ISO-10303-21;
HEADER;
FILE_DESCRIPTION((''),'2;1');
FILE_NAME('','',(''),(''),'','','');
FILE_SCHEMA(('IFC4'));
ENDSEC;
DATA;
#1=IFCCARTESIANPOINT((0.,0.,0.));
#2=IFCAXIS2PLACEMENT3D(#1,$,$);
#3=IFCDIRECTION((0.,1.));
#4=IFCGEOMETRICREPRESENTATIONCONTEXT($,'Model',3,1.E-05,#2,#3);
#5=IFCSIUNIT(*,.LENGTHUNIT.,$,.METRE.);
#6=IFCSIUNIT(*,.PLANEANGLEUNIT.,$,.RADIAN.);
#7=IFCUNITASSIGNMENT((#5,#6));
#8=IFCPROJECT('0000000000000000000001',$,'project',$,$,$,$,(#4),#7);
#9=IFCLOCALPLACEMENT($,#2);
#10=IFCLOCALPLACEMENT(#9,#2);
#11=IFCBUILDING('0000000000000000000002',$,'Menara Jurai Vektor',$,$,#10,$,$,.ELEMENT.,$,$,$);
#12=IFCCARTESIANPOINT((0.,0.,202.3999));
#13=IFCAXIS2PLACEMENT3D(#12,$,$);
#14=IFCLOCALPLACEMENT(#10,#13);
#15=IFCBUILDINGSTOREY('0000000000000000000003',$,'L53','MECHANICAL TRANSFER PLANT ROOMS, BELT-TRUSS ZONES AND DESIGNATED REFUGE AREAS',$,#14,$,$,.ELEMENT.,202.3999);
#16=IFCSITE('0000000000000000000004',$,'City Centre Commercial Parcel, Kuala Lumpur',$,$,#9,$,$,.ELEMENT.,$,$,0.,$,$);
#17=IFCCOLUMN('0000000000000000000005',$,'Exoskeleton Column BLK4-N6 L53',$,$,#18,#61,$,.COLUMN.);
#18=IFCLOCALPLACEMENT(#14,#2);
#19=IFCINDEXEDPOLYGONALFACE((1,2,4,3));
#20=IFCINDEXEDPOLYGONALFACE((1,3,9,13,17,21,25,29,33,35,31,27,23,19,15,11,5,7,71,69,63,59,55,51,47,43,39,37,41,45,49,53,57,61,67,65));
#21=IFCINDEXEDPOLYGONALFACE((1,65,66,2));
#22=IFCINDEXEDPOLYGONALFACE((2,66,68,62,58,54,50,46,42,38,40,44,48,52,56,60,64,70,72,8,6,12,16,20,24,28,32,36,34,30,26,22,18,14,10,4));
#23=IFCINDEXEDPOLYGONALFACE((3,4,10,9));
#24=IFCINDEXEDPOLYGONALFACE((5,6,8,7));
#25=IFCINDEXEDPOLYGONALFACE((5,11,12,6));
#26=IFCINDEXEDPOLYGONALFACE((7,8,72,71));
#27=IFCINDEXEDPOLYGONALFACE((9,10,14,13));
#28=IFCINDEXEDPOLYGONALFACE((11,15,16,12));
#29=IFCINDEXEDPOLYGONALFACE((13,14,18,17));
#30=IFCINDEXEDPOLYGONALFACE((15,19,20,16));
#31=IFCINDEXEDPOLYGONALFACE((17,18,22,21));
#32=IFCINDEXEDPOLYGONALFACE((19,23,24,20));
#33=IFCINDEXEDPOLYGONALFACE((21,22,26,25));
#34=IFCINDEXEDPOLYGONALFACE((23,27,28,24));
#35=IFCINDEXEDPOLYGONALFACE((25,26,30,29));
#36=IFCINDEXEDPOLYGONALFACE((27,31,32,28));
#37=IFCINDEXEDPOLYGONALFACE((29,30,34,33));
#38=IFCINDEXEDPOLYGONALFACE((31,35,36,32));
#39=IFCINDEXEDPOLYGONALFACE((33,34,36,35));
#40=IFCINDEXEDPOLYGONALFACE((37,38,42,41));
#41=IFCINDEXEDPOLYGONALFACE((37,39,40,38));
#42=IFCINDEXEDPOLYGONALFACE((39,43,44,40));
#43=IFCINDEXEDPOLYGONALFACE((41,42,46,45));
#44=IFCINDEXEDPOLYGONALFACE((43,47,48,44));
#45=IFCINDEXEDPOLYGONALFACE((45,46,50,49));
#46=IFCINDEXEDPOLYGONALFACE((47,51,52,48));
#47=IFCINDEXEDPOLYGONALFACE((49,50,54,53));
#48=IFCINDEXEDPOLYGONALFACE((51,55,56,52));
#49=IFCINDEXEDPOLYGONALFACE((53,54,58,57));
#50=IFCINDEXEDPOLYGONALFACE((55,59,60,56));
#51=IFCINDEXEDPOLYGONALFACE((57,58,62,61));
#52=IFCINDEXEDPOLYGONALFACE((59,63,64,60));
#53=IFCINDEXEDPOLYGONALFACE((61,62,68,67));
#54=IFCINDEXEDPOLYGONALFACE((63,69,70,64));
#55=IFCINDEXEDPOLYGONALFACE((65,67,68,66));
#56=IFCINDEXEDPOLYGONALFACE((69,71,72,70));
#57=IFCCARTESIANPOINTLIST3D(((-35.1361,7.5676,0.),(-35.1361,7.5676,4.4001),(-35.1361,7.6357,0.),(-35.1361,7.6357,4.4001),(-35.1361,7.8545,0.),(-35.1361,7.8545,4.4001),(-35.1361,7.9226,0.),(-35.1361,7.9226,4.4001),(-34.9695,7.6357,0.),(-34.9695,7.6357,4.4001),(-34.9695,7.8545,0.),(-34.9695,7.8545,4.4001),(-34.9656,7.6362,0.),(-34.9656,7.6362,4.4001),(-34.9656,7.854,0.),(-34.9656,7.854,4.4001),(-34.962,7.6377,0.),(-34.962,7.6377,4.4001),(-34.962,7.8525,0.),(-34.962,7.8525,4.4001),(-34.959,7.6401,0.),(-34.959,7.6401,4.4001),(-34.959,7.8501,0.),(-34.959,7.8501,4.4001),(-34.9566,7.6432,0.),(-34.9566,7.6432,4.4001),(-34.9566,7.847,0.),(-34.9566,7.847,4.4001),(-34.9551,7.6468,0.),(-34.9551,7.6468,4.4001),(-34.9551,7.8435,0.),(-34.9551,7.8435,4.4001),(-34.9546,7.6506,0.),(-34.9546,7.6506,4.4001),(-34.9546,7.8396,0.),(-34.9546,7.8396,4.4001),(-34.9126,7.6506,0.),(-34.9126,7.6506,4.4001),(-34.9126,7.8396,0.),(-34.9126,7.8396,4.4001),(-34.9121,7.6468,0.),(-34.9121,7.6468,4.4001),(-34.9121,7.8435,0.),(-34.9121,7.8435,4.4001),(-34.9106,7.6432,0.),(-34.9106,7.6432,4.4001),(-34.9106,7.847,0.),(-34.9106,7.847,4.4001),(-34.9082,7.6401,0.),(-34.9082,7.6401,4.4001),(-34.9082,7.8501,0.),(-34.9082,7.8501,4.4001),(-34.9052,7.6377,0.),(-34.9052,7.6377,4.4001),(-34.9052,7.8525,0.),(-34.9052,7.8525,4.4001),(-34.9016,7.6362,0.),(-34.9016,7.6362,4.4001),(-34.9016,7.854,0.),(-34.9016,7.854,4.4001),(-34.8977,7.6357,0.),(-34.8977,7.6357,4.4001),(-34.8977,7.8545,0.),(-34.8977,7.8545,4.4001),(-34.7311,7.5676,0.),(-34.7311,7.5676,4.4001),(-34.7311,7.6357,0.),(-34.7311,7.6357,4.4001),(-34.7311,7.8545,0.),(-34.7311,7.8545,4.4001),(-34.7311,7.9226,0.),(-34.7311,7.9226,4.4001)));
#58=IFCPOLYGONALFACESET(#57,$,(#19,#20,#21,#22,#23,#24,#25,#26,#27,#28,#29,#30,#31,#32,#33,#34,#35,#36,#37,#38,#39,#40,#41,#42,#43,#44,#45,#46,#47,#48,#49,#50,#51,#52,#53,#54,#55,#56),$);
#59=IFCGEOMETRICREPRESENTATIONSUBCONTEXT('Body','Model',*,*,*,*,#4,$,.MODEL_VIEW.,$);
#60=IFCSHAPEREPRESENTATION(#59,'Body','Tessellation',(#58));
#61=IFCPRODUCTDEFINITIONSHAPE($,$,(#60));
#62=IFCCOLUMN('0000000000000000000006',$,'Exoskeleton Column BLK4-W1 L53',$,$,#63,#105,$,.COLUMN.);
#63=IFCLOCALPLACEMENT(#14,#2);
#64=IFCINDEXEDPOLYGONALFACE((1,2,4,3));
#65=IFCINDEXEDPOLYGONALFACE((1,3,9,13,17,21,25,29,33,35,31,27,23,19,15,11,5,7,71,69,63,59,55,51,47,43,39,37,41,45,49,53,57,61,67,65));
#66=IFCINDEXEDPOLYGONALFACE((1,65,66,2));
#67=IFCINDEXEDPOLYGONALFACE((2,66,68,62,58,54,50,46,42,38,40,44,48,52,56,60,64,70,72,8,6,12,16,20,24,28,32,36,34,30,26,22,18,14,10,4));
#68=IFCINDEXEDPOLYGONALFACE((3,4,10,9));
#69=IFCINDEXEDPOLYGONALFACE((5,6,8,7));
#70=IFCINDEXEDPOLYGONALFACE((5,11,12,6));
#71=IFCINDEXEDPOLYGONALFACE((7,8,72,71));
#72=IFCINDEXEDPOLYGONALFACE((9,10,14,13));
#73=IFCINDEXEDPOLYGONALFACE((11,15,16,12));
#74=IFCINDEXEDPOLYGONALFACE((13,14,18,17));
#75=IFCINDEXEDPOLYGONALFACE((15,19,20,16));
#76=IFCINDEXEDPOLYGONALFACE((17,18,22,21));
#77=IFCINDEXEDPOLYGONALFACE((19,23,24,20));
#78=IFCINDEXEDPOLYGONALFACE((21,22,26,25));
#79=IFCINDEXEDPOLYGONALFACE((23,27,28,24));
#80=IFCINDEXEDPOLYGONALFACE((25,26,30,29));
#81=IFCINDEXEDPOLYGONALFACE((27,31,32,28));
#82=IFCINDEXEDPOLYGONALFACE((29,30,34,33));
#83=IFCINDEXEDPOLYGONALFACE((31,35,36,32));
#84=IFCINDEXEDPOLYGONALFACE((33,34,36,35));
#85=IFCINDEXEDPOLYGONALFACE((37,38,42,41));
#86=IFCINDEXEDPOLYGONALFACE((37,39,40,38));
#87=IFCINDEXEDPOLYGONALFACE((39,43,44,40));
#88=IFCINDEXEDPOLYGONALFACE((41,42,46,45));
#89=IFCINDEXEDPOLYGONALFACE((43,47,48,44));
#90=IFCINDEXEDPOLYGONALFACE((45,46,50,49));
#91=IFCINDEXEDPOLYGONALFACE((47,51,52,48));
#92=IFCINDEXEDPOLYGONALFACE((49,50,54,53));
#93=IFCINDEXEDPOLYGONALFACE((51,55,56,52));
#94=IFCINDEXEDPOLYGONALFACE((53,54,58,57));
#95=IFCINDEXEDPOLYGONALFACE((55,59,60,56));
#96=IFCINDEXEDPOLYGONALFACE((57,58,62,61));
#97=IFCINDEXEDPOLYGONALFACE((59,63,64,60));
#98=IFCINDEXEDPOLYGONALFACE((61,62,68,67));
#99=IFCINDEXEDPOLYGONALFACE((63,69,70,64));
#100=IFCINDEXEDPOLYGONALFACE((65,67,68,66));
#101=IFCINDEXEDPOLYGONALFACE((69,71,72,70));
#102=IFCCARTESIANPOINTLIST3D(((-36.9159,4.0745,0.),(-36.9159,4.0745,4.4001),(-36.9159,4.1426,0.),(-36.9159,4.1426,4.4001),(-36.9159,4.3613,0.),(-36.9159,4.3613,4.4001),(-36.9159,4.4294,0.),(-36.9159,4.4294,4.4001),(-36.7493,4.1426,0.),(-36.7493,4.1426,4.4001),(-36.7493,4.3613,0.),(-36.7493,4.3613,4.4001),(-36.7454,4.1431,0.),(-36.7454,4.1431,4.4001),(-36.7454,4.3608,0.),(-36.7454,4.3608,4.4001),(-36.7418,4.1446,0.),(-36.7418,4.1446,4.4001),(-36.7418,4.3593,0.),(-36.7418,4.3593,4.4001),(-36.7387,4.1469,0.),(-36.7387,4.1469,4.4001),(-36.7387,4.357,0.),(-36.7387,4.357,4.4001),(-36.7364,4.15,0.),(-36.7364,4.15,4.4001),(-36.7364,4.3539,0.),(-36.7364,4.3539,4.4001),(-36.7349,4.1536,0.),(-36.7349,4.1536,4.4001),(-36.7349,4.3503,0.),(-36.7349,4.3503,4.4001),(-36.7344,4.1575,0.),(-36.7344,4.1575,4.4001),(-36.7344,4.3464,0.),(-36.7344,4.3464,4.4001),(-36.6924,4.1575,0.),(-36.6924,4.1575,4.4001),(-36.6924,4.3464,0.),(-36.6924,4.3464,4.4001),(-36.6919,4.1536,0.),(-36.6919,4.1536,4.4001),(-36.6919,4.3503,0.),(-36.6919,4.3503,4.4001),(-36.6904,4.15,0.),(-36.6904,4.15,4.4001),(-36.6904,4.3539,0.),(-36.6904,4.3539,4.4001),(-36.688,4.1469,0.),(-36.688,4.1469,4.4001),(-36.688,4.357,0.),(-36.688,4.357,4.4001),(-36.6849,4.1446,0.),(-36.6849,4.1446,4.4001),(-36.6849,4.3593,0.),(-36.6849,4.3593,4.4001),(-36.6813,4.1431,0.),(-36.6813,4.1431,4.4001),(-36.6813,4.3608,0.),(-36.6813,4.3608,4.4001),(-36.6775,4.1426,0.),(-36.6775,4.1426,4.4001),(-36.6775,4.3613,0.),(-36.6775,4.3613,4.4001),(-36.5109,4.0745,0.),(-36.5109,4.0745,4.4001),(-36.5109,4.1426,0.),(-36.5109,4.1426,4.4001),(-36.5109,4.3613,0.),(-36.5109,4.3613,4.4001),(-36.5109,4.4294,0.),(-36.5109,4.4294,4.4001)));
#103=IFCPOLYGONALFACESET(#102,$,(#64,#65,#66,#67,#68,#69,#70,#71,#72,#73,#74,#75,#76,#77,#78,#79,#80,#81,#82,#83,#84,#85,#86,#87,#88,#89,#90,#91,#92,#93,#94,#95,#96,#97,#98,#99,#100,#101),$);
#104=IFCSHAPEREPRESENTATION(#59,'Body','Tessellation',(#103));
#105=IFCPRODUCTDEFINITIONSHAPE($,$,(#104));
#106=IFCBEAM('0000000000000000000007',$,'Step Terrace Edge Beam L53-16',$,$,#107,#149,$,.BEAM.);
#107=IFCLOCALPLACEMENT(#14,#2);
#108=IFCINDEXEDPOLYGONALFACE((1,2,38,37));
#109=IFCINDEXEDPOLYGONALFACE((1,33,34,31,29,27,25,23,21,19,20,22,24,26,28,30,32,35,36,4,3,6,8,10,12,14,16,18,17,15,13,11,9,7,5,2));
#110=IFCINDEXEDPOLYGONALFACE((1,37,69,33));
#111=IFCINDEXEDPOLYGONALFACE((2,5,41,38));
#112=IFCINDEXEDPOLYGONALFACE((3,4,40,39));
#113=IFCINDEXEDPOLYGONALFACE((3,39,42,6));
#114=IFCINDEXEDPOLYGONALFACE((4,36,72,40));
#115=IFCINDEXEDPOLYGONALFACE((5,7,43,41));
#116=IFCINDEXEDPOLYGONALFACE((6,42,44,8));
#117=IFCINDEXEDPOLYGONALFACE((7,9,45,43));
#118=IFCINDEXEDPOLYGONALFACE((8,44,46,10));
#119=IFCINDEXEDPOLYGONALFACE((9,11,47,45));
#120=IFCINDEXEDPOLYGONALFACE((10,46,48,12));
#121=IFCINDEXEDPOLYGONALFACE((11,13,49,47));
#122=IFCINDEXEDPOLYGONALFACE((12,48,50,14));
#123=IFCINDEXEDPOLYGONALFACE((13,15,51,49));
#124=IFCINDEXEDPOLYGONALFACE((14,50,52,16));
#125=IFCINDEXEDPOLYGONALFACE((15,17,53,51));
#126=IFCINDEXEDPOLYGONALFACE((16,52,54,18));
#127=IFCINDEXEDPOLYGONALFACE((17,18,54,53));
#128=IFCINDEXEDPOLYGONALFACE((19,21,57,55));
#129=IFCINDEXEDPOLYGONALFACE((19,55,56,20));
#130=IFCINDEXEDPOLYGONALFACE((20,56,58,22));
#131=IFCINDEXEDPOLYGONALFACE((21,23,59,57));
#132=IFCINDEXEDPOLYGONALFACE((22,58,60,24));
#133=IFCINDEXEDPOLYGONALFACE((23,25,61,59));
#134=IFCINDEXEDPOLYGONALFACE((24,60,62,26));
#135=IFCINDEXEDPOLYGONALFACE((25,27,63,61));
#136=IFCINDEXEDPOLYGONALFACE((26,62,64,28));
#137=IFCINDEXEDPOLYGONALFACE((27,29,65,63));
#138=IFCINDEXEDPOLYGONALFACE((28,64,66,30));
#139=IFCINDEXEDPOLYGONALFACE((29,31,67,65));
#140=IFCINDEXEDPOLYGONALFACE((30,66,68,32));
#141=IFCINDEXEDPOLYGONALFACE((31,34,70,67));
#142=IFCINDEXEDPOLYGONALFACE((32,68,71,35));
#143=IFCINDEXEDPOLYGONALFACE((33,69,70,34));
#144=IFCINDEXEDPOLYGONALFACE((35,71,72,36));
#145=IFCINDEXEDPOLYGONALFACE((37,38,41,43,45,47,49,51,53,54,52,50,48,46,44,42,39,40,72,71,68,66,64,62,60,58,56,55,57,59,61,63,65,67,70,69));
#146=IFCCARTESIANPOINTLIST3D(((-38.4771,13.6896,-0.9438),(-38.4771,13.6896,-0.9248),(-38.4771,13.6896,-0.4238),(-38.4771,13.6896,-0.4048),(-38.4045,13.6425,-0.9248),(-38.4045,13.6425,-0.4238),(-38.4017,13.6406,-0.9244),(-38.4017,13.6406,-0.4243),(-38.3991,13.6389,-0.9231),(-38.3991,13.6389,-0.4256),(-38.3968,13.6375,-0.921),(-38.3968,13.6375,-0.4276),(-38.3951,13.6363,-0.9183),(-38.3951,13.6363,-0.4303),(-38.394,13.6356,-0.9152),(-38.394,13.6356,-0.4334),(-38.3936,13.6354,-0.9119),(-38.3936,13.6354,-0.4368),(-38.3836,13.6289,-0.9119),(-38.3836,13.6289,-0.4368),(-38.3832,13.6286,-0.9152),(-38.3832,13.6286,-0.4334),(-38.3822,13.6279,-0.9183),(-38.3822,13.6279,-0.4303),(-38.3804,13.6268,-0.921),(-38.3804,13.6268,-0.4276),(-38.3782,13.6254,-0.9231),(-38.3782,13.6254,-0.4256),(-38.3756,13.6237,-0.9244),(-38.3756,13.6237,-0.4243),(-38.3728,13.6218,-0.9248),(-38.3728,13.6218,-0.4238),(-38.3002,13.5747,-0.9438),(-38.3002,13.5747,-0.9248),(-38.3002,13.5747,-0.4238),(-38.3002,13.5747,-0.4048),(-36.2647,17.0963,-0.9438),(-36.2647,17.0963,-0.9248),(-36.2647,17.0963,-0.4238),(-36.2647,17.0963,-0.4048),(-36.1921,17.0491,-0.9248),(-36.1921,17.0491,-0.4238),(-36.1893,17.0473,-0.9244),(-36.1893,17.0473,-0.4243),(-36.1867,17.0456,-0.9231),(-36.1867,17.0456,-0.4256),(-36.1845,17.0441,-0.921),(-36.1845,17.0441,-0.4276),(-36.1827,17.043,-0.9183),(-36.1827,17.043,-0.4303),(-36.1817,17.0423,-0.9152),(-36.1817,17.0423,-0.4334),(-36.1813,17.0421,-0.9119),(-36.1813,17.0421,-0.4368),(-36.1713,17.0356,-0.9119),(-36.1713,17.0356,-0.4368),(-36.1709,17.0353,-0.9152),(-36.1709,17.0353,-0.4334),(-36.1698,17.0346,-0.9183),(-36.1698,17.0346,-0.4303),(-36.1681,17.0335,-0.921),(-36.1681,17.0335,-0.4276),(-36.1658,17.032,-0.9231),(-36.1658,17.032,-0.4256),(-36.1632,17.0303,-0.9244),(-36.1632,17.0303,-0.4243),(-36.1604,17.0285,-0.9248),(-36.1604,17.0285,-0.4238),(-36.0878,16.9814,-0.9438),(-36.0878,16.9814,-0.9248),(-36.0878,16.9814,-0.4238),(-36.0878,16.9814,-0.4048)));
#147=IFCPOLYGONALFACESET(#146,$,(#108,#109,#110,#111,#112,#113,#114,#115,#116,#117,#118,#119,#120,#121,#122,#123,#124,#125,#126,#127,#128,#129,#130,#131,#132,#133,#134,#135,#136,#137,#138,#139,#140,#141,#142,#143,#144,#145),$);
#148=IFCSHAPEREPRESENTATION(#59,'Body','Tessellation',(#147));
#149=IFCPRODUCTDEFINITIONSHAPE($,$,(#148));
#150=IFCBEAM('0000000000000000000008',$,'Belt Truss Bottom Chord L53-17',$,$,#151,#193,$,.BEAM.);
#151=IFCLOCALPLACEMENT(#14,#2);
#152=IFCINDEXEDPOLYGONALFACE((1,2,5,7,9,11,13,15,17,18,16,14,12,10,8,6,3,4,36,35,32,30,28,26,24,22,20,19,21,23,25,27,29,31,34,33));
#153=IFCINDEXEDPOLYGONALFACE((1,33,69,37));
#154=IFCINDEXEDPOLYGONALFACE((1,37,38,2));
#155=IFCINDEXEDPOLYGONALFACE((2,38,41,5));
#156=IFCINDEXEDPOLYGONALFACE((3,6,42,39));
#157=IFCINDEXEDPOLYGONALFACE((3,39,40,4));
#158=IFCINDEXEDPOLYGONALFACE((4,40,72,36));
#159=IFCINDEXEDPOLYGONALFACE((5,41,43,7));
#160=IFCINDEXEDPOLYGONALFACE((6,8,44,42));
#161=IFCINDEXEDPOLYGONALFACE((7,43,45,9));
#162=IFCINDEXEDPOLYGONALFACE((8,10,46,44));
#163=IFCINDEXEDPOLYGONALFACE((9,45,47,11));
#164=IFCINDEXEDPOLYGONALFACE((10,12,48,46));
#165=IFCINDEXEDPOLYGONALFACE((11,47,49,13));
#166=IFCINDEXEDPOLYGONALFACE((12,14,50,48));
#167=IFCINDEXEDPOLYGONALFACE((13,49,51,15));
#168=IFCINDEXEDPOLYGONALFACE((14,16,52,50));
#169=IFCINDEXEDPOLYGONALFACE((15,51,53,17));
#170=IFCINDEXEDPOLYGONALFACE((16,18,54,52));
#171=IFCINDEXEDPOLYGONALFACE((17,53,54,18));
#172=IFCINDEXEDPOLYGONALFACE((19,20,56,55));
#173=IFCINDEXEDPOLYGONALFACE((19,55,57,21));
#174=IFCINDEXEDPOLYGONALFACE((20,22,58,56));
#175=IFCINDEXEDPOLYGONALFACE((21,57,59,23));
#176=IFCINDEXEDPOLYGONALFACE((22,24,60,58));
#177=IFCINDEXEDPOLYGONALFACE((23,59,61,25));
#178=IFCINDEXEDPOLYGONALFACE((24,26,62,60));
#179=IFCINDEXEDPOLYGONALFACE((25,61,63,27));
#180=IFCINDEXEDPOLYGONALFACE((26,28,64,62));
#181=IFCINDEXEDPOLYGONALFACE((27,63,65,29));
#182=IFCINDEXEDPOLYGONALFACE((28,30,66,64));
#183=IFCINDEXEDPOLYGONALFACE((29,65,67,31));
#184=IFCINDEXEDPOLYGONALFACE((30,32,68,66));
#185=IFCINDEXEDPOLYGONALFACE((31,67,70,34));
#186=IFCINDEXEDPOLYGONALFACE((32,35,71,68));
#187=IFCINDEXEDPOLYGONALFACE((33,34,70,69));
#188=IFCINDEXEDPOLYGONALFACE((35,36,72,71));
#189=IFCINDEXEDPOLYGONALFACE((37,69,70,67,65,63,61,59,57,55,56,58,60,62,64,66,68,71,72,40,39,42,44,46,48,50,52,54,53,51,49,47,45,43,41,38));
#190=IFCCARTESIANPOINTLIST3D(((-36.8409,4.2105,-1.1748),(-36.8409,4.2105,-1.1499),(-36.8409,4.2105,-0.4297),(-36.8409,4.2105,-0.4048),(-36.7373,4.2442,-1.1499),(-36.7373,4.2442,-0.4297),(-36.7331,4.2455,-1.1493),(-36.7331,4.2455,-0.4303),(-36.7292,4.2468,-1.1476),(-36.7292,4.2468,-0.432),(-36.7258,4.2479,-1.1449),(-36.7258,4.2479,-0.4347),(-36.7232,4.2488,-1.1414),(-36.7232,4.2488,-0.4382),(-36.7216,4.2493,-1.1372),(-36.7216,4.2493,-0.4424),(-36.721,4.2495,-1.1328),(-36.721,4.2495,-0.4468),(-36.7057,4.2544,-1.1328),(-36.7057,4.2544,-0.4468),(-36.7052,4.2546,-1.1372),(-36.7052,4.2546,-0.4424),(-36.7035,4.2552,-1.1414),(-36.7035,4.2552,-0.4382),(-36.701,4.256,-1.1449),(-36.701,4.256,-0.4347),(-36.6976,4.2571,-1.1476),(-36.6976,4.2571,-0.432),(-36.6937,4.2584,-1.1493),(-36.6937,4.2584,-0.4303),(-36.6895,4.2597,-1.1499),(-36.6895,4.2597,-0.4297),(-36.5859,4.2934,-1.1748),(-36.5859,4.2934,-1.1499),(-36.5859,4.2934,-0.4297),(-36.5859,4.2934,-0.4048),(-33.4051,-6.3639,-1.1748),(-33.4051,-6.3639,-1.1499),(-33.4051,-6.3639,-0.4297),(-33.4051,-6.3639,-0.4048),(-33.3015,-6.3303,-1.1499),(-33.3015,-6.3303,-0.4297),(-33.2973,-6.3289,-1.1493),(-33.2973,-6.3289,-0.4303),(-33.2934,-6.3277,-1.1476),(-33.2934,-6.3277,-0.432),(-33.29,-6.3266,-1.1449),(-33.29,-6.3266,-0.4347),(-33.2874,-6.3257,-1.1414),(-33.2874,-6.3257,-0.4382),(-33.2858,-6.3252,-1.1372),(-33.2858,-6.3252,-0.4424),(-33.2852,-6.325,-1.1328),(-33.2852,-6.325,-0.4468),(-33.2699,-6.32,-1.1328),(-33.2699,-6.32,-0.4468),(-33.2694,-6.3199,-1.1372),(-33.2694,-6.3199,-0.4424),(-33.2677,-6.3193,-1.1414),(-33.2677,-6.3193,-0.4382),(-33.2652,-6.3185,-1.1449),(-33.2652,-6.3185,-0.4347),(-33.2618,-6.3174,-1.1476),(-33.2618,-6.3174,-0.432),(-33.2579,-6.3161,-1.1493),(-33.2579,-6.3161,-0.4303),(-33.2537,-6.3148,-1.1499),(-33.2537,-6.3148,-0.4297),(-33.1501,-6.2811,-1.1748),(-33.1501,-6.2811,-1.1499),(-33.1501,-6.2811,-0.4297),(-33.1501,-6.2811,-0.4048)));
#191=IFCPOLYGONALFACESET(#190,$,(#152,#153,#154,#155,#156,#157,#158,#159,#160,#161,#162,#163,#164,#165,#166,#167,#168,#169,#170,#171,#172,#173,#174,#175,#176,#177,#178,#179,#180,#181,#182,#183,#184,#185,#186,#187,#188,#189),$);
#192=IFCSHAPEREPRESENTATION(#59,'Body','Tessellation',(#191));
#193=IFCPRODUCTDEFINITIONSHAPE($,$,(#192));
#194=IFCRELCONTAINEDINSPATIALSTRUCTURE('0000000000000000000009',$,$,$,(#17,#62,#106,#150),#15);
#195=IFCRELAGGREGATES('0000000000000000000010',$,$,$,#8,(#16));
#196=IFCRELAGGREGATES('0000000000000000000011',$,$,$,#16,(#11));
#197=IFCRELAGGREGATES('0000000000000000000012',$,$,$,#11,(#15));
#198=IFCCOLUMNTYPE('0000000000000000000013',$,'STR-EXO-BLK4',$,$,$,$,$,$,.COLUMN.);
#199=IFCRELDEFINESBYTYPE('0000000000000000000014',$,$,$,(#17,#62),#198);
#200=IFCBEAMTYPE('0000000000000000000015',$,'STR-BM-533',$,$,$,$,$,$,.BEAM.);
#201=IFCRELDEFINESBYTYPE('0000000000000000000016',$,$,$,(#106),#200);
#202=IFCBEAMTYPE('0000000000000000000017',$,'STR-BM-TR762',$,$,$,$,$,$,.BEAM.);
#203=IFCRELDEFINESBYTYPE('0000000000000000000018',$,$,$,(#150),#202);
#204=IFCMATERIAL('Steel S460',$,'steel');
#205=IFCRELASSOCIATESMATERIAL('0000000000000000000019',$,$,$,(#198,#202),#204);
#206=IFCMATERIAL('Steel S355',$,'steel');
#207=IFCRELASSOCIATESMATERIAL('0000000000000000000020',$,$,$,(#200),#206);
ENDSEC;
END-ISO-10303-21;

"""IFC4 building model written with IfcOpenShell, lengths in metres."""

from ifc_helpers import new_model, si_unit, direction, frame, origin, origin_2d, place, context, subcontext, project, spatial, i_section, extrude, material, material_profile, profile_set, type_object, element, save


model = new_model("IFC4")

# Units and contexts
model_context = context("Model", 3, precision=1e-05, world=origin(), true_north=direction((0.0, 1.0)))
body_context = subcontext(model_context, "Body", "Model", "MODEL_VIEW")
ifc_project = project(units=[si_unit("LENGTHUNIT", "METRE"), si_unit("PLANEANGLEUNIT", "RADIAN")], contexts=[model_context])

# Site, building, storey
site_placement = place(None, origin())
site = spatial("IfcSite", under=ifc_project, at=site_placement, Name="City Centre Commercial Parcel, Kuala Lumpur", CompositionType="ELEMENT", RefElevation=0.0)
building_placement = place(site_placement, origin())
building = spatial("IfcBuilding", under=site, at=building_placement, Name="Menara Jurai Vektor", CompositionType="ELEMENT")
storey_placement = place(building_placement, frame((0.0, 0.0, 202.3999)))
storey = spatial("IfcBuildingStorey", under=building, at=storey_placement, Name="L53", Description="MECHANICAL TRANSFER PLANT ROOMS, BELT-TRUSS ZONES AND DESIGNATED REFUGE AREAS", CompositionType="ELEMENT", Elevation=202.3999)

# Columns
ifc_material_1 = material(Name="Steel S460", Category="steel")
ifc_material_profile_1 = material_profile(ifc_material_1, i_section(OverallWidth=0.405, OverallDepth=0.355, WebThickness=0.042, FlangeThickness=0.0681, FilletRadius=0.0149, at=origin_2d()), Name="HD 400x551")
ifc_profile_set_1 = profile_set([ifc_material_profile_1], Name="Steel S460")
column_type = type_object("IfcColumnType", Name="STR-EXO-BLK4", PredefinedType="COLUMN", material=ifc_profile_set_1)
for number, where, z_axis, x_axis, name in (
    (1, (-34.9336, 7.7451, 0.0), (0.0, 0.0, 1.0), (1.0, 0.0, 0.0), "Exoskeleton Column BLK4-N6 L53"),
    (2, (-36.7134, 4.252, 0.0), (0.0, 0.0, 1.0), (1.0, 0.0, 0.0), "Exoskeleton Column BLK4-W1 L53"),
):
    element("IfcColumn", number, at=place(storey_placement, frame(where, z_axis=z_axis, x_axis=x_axis)), inside=storey, type_object=column_type, Name=name, PredefinedType="COLUMN", context=body_context, shape_type="SweptSolid", body=[
        extrude(i_section(OverallWidth=0.405, OverallDepth=0.355, WebThickness=0.042, FlangeThickness=0.0681, FilletRadius=0.0149, at=origin_2d()), origin(), (0.0, 0.0, 1.0), 4.4001),
    ])

# Beams
ifc_material_2 = material(Name="Steel S355", Category="steel")
ifc_material_profile_2 = material_profile(ifc_material_2, i_section(OverallWidth=0.2109, OverallDepth=0.5391, WebThickness=0.012, FlangeThickness=0.019, FilletRadius=0.0129, at=origin_2d()), Name="UKB 533x210x109")
ifc_profile_set_2 = profile_set([ifc_material_profile_2], Name="Steel S355")
beam_type_1 = type_object("IfcBeamType", Name="STR-BM-533", PredefinedType="BEAM", material=ifc_profile_set_2)
beam_1_placement = place(storey_placement, frame((-36.1763, 17.0388, -0.6743), z_axis=(-0.544646, -0.838666, 0.0), x_axis=(0.838666, -0.544646, 0.0)))
element("IfcBeam", 3, at=beam_1_placement, inside=storey, type_object=beam_type_1, Name="Step Terrace Edge Beam L53-16", PredefinedType="BEAM", context=body_context, shape_type="SweptSolid", body=[
    extrude(i_section(OverallWidth=0.2109, OverallDepth=0.5391, WebThickness=0.012, FlangeThickness=0.019, FilletRadius=0.0129, at=origin_2d()), origin(), (0.0, 0.0, 1.0), 4.062),
])
ifc_material_profile_3 = material_profile(ifc_material_1, i_section(OverallWidth=0.2681, OverallDepth=0.77, WebThickness=0.0161, FlangeThickness=0.0249, FilletRadius=0.0171, at=origin_2d()), Name="UKB 762x267x197")
ifc_profile_set_3 = profile_set([ifc_material_profile_3], Name="Steel S460")
beam_type_2 = type_object("IfcBeamType", Name="STR-BM-TR762", PredefinedType="BEAM", material=ifc_profile_set_3)
beam_2_placement = place(storey_placement, frame((-36.7134, 4.252, -0.7898), z_axis=(0.309012, -0.951058, 0.0), x_axis=(0.951058, 0.309012, 0.0)))
element("IfcBeam", 4, at=beam_2_placement, inside=storey, type_object=beam_type_2, Name="Belt Truss Bottom Chord L53-17", PredefinedType="BEAM", context=body_context, shape_type="SweptSolid", body=[
    extrude(i_section(OverallWidth=0.2681, OverallDepth=0.77, WebThickness=0.0161, FlangeThickness=0.0249, FilletRadius=0.0171, at=origin_2d()), origin(), (0.0, 0.0, 1.0), 11.1187),
])

save(model, "model.ifc")
